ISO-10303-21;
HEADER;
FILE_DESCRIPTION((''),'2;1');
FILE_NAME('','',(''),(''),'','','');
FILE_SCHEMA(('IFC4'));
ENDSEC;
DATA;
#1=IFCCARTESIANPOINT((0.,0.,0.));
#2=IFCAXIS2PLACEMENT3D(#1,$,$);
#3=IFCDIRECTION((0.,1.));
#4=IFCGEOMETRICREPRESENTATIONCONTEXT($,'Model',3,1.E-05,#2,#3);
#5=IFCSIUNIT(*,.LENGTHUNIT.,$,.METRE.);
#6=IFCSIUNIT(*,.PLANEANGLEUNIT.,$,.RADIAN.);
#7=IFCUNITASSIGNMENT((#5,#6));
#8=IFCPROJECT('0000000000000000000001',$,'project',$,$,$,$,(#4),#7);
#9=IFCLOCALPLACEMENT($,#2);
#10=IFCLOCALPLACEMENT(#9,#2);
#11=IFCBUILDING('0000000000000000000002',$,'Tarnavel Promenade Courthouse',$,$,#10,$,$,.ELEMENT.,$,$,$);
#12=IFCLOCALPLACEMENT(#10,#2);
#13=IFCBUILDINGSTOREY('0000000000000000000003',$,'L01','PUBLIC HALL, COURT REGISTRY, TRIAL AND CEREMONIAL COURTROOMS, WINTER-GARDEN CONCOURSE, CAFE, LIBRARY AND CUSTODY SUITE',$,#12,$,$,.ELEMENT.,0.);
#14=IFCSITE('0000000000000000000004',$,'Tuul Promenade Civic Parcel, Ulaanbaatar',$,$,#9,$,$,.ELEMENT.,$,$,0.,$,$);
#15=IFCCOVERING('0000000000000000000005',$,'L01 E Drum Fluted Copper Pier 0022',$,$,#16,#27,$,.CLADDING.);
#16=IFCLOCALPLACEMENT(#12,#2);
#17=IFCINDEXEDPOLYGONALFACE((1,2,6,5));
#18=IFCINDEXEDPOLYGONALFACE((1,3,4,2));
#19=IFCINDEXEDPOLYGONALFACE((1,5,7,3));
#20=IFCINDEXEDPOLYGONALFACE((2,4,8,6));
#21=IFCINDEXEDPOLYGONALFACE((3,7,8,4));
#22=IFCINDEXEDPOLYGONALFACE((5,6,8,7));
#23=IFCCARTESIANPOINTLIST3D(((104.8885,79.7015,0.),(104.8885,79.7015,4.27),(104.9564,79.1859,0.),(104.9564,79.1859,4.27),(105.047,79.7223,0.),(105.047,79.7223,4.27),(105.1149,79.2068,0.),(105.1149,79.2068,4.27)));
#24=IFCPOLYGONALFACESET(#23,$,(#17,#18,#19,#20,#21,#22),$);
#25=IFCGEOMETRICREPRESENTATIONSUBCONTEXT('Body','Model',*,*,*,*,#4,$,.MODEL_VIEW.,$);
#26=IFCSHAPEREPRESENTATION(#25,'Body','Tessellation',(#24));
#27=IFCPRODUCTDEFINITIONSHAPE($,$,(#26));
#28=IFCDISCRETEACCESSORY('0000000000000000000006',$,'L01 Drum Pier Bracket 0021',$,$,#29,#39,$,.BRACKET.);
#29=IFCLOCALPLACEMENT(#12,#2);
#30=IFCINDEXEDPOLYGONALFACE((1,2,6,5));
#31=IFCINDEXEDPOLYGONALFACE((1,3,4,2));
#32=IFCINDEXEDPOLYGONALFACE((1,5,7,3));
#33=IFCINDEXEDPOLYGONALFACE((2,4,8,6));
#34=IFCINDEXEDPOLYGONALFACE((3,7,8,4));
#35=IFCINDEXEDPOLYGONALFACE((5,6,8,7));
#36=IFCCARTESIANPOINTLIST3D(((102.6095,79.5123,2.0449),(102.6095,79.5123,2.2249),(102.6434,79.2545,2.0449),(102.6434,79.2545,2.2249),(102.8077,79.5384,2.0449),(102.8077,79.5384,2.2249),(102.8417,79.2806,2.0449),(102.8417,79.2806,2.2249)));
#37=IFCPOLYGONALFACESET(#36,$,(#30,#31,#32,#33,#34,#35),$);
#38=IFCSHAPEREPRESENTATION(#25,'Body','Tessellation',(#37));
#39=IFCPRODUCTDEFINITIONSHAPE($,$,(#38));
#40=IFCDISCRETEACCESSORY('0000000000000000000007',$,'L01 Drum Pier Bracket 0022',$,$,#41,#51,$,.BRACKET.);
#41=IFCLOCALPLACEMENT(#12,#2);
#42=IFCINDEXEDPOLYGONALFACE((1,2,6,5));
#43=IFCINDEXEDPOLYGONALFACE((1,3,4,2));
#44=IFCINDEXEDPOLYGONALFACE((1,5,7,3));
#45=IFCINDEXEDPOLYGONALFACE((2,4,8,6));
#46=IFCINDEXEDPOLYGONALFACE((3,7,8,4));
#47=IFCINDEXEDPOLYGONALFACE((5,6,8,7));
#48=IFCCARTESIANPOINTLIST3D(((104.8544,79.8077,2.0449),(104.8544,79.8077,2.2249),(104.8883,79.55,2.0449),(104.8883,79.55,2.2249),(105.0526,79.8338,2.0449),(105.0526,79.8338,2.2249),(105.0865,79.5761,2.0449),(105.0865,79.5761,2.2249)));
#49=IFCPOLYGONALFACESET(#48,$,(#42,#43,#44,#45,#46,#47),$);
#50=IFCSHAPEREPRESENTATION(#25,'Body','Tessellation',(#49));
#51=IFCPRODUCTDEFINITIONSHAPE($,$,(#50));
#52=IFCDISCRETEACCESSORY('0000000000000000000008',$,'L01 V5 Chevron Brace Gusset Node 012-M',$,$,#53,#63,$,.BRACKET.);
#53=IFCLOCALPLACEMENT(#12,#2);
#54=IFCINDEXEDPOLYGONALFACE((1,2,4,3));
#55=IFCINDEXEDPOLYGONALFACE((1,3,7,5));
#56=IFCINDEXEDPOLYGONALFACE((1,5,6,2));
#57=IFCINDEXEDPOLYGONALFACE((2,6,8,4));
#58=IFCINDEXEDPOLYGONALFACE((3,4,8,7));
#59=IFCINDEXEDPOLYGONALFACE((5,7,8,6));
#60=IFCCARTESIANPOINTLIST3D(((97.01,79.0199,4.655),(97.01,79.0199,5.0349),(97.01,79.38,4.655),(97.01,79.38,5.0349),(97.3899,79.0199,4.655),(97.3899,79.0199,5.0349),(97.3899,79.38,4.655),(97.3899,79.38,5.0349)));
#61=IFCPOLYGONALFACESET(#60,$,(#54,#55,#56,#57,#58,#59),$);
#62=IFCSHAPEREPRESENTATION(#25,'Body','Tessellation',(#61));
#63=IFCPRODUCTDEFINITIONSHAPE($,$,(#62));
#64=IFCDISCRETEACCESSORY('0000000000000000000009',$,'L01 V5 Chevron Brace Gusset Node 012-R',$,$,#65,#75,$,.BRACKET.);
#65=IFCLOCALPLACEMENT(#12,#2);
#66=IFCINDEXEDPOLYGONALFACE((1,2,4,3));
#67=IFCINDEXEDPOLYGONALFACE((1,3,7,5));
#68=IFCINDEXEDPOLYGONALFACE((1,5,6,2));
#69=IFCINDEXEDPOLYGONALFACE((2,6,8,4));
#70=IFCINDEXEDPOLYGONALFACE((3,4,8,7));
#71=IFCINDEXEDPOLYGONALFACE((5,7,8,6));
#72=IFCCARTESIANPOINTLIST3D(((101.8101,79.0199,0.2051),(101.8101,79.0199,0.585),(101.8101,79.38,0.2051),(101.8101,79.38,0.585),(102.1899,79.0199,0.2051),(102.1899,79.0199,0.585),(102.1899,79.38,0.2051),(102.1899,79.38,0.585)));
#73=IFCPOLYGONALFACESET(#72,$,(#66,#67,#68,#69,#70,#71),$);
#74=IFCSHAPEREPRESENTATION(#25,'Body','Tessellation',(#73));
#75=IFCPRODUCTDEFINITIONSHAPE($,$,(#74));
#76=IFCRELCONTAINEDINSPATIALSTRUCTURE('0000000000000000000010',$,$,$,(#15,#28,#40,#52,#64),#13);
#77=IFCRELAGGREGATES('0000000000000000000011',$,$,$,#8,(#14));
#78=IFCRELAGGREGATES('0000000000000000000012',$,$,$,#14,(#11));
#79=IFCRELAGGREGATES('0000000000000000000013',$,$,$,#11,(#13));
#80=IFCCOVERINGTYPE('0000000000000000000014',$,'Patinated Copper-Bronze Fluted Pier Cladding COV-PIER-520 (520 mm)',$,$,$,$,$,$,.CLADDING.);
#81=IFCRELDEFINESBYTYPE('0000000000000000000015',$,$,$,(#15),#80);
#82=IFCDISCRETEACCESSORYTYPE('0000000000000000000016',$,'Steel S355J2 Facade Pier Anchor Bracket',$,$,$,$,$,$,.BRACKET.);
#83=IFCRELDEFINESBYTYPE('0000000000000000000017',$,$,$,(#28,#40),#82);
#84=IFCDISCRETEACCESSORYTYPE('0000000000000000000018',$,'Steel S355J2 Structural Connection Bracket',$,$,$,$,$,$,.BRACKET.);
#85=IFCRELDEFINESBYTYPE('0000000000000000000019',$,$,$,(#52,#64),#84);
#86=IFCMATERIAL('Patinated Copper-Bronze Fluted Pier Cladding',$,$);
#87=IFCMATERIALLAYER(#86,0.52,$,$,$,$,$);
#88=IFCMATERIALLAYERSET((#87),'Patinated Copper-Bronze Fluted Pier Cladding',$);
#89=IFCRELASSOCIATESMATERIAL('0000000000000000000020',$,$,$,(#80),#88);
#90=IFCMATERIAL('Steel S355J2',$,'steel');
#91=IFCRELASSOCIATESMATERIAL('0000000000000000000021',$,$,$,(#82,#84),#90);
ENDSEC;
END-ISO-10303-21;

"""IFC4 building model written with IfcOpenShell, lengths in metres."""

from ifc_helpers import new_model, si_unit, direction, frame, origin, origin_2d, place, context, subcontext, project, spatial, rectangle, extrude, material, layer, layer_set, type_object, element, save


model = new_model("IFC4")

# Units and contexts
model_context = context("Model", 3, precision=1e-05, world=origin(), true_north=direction((0.0, 1.0)))
body_context = subcontext(model_context, "Body", "Model", "MODEL_VIEW")
ifc_project = project(units=[si_unit("LENGTHUNIT", "METRE"), si_unit("PLANEANGLEUNIT", "RADIAN")], contexts=[model_context])

# Site, building, storey
site_placement = place(None, origin())
site = spatial("IfcSite", under=ifc_project, at=site_placement, Name="Tuul Promenade Civic Parcel, Ulaanbaatar", CompositionType="ELEMENT", RefElevation=0.0)
building_placement = place(site_placement, origin())
building = spatial("IfcBuilding", under=site, at=building_placement, Name="Tarnavel Promenade Courthouse", CompositionType="ELEMENT")
storey_placement = place(building_placement, origin())
storey = spatial("IfcBuildingStorey", under=building, at=storey_placement, Name="L01", Description="PUBLIC HALL, COURT REGISTRY, TRIAL AND CEREMONIAL COURTROOMS, WINTER-GARDEN CONCOURSE, CAFE, LIBRARY AND CUSTODY SUITE", CompositionType="ELEMENT", Elevation=0.0)

# Shared definitions
ifc_material_1 = material(Name="Steel S355J2", Category="steel")

# Covering
ifc_material_2 = material(Name="Patinated Copper-Bronze Fluted Pier Cladding")
ifc_layer_1 = layer(ifc_material_2, 0.52)
ifc_layer_set_1 = layer_set([ifc_layer_1], Name="Patinated Copper-Bronze Fluted Pier Cladding")
covering_type = type_object("IfcCoveringType", Name="Patinated Copper-Bronze Fluted Pier Cladding COV-PIER-520 (520 mm)", PredefinedType="CLADDING", material=ifc_layer_set_1)
for number, where, z_axis, x_axis, name in (
    (1, (105.0017, 79.4541, 0.0), (0.0, 0.0, 1.0), (0.991445, 0.130526, 0.0), "L01 E Drum Fluted Copper Pier 0022"),
):
    element("IfcCovering", number, at=place(storey_placement, frame(where, z_axis=z_axis, x_axis=x_axis)), inside=storey, type_object=covering_type, Name=name, PredefinedType="CLADDING", context=body_context, shape_type="SweptSolid", body=[
        extrude(rectangle(XDim=0.1599, YDim=0.52, at=origin_2d()), origin(), (0.0, 0.0, 1.0), 4.27),
    ])

# Discrete accessories
discrete_accessory_type_1 = type_object("IfcDiscreteAccessoryType", Name="Steel S355J2 Facade Pier Anchor Bracket", PredefinedType="BRACKET", material=ifc_material_1)
for number, where, z_axis, x_axis, name in (
    (2, (102.7256, 79.3965, 2.0449), (0.0, 0.0, 1.0), (0.991445, 0.130526, 0.0), "L01 Drum Pier Bracket 0021"),
    (3, (104.9705, 79.6919, 2.0449), (0.0, 0.0, 1.0), (0.991445, 0.130526, 0.0), "L01 Drum Pier Bracket 0022"),
):
    element("IfcDiscreteAccessory", number, at=place(storey_placement, frame(where, z_axis=z_axis, x_axis=x_axis)), inside=storey, type_object=discrete_accessory_type_1, Name=name, PredefinedType="BRACKET", context=body_context, shape_type="SweptSolid", body=[
        extrude(rectangle(XDim=0.2, YDim=0.26, at=origin_2d()), origin(), (0.0, 0.0, 1.0), 0.1799),
    ])
discrete_accessory_type_2 = type_object("IfcDiscreteAccessoryType", Name="Steel S355J2 Structural Connection Bracket", PredefinedType="BRACKET", material=ifc_material_1)
for number, where, z_axis, x_axis, name in (
    (4, (97.2, 79.2, 4.655), (0.0, 0.0, 1.0), (1.0, 0.0, 0.0), "L01 V5 Chevron Brace Gusset Node 012-M"),
    (5, (102.0, 79.2, 0.2051), (0.0, 0.0, 1.0), (1.0, 0.0, 0.0), "L01 V5 Chevron Brace Gusset Node 012-R"),
):
    element("IfcDiscreteAccessory", number, at=place(storey_placement, frame(where, z_axis=z_axis, x_axis=x_axis)), inside=storey, type_object=discrete_accessory_type_2, Name=name, PredefinedType="BRACKET", context=body_context, shape_type="SweptSolid", body=[
        extrude(rectangle(XDim=0.3799, YDim=0.3601, at=origin_2d()), origin(), (0.0, 0.0, 1.0), 0.3799),
    ])

save(model, "model.ifc")
